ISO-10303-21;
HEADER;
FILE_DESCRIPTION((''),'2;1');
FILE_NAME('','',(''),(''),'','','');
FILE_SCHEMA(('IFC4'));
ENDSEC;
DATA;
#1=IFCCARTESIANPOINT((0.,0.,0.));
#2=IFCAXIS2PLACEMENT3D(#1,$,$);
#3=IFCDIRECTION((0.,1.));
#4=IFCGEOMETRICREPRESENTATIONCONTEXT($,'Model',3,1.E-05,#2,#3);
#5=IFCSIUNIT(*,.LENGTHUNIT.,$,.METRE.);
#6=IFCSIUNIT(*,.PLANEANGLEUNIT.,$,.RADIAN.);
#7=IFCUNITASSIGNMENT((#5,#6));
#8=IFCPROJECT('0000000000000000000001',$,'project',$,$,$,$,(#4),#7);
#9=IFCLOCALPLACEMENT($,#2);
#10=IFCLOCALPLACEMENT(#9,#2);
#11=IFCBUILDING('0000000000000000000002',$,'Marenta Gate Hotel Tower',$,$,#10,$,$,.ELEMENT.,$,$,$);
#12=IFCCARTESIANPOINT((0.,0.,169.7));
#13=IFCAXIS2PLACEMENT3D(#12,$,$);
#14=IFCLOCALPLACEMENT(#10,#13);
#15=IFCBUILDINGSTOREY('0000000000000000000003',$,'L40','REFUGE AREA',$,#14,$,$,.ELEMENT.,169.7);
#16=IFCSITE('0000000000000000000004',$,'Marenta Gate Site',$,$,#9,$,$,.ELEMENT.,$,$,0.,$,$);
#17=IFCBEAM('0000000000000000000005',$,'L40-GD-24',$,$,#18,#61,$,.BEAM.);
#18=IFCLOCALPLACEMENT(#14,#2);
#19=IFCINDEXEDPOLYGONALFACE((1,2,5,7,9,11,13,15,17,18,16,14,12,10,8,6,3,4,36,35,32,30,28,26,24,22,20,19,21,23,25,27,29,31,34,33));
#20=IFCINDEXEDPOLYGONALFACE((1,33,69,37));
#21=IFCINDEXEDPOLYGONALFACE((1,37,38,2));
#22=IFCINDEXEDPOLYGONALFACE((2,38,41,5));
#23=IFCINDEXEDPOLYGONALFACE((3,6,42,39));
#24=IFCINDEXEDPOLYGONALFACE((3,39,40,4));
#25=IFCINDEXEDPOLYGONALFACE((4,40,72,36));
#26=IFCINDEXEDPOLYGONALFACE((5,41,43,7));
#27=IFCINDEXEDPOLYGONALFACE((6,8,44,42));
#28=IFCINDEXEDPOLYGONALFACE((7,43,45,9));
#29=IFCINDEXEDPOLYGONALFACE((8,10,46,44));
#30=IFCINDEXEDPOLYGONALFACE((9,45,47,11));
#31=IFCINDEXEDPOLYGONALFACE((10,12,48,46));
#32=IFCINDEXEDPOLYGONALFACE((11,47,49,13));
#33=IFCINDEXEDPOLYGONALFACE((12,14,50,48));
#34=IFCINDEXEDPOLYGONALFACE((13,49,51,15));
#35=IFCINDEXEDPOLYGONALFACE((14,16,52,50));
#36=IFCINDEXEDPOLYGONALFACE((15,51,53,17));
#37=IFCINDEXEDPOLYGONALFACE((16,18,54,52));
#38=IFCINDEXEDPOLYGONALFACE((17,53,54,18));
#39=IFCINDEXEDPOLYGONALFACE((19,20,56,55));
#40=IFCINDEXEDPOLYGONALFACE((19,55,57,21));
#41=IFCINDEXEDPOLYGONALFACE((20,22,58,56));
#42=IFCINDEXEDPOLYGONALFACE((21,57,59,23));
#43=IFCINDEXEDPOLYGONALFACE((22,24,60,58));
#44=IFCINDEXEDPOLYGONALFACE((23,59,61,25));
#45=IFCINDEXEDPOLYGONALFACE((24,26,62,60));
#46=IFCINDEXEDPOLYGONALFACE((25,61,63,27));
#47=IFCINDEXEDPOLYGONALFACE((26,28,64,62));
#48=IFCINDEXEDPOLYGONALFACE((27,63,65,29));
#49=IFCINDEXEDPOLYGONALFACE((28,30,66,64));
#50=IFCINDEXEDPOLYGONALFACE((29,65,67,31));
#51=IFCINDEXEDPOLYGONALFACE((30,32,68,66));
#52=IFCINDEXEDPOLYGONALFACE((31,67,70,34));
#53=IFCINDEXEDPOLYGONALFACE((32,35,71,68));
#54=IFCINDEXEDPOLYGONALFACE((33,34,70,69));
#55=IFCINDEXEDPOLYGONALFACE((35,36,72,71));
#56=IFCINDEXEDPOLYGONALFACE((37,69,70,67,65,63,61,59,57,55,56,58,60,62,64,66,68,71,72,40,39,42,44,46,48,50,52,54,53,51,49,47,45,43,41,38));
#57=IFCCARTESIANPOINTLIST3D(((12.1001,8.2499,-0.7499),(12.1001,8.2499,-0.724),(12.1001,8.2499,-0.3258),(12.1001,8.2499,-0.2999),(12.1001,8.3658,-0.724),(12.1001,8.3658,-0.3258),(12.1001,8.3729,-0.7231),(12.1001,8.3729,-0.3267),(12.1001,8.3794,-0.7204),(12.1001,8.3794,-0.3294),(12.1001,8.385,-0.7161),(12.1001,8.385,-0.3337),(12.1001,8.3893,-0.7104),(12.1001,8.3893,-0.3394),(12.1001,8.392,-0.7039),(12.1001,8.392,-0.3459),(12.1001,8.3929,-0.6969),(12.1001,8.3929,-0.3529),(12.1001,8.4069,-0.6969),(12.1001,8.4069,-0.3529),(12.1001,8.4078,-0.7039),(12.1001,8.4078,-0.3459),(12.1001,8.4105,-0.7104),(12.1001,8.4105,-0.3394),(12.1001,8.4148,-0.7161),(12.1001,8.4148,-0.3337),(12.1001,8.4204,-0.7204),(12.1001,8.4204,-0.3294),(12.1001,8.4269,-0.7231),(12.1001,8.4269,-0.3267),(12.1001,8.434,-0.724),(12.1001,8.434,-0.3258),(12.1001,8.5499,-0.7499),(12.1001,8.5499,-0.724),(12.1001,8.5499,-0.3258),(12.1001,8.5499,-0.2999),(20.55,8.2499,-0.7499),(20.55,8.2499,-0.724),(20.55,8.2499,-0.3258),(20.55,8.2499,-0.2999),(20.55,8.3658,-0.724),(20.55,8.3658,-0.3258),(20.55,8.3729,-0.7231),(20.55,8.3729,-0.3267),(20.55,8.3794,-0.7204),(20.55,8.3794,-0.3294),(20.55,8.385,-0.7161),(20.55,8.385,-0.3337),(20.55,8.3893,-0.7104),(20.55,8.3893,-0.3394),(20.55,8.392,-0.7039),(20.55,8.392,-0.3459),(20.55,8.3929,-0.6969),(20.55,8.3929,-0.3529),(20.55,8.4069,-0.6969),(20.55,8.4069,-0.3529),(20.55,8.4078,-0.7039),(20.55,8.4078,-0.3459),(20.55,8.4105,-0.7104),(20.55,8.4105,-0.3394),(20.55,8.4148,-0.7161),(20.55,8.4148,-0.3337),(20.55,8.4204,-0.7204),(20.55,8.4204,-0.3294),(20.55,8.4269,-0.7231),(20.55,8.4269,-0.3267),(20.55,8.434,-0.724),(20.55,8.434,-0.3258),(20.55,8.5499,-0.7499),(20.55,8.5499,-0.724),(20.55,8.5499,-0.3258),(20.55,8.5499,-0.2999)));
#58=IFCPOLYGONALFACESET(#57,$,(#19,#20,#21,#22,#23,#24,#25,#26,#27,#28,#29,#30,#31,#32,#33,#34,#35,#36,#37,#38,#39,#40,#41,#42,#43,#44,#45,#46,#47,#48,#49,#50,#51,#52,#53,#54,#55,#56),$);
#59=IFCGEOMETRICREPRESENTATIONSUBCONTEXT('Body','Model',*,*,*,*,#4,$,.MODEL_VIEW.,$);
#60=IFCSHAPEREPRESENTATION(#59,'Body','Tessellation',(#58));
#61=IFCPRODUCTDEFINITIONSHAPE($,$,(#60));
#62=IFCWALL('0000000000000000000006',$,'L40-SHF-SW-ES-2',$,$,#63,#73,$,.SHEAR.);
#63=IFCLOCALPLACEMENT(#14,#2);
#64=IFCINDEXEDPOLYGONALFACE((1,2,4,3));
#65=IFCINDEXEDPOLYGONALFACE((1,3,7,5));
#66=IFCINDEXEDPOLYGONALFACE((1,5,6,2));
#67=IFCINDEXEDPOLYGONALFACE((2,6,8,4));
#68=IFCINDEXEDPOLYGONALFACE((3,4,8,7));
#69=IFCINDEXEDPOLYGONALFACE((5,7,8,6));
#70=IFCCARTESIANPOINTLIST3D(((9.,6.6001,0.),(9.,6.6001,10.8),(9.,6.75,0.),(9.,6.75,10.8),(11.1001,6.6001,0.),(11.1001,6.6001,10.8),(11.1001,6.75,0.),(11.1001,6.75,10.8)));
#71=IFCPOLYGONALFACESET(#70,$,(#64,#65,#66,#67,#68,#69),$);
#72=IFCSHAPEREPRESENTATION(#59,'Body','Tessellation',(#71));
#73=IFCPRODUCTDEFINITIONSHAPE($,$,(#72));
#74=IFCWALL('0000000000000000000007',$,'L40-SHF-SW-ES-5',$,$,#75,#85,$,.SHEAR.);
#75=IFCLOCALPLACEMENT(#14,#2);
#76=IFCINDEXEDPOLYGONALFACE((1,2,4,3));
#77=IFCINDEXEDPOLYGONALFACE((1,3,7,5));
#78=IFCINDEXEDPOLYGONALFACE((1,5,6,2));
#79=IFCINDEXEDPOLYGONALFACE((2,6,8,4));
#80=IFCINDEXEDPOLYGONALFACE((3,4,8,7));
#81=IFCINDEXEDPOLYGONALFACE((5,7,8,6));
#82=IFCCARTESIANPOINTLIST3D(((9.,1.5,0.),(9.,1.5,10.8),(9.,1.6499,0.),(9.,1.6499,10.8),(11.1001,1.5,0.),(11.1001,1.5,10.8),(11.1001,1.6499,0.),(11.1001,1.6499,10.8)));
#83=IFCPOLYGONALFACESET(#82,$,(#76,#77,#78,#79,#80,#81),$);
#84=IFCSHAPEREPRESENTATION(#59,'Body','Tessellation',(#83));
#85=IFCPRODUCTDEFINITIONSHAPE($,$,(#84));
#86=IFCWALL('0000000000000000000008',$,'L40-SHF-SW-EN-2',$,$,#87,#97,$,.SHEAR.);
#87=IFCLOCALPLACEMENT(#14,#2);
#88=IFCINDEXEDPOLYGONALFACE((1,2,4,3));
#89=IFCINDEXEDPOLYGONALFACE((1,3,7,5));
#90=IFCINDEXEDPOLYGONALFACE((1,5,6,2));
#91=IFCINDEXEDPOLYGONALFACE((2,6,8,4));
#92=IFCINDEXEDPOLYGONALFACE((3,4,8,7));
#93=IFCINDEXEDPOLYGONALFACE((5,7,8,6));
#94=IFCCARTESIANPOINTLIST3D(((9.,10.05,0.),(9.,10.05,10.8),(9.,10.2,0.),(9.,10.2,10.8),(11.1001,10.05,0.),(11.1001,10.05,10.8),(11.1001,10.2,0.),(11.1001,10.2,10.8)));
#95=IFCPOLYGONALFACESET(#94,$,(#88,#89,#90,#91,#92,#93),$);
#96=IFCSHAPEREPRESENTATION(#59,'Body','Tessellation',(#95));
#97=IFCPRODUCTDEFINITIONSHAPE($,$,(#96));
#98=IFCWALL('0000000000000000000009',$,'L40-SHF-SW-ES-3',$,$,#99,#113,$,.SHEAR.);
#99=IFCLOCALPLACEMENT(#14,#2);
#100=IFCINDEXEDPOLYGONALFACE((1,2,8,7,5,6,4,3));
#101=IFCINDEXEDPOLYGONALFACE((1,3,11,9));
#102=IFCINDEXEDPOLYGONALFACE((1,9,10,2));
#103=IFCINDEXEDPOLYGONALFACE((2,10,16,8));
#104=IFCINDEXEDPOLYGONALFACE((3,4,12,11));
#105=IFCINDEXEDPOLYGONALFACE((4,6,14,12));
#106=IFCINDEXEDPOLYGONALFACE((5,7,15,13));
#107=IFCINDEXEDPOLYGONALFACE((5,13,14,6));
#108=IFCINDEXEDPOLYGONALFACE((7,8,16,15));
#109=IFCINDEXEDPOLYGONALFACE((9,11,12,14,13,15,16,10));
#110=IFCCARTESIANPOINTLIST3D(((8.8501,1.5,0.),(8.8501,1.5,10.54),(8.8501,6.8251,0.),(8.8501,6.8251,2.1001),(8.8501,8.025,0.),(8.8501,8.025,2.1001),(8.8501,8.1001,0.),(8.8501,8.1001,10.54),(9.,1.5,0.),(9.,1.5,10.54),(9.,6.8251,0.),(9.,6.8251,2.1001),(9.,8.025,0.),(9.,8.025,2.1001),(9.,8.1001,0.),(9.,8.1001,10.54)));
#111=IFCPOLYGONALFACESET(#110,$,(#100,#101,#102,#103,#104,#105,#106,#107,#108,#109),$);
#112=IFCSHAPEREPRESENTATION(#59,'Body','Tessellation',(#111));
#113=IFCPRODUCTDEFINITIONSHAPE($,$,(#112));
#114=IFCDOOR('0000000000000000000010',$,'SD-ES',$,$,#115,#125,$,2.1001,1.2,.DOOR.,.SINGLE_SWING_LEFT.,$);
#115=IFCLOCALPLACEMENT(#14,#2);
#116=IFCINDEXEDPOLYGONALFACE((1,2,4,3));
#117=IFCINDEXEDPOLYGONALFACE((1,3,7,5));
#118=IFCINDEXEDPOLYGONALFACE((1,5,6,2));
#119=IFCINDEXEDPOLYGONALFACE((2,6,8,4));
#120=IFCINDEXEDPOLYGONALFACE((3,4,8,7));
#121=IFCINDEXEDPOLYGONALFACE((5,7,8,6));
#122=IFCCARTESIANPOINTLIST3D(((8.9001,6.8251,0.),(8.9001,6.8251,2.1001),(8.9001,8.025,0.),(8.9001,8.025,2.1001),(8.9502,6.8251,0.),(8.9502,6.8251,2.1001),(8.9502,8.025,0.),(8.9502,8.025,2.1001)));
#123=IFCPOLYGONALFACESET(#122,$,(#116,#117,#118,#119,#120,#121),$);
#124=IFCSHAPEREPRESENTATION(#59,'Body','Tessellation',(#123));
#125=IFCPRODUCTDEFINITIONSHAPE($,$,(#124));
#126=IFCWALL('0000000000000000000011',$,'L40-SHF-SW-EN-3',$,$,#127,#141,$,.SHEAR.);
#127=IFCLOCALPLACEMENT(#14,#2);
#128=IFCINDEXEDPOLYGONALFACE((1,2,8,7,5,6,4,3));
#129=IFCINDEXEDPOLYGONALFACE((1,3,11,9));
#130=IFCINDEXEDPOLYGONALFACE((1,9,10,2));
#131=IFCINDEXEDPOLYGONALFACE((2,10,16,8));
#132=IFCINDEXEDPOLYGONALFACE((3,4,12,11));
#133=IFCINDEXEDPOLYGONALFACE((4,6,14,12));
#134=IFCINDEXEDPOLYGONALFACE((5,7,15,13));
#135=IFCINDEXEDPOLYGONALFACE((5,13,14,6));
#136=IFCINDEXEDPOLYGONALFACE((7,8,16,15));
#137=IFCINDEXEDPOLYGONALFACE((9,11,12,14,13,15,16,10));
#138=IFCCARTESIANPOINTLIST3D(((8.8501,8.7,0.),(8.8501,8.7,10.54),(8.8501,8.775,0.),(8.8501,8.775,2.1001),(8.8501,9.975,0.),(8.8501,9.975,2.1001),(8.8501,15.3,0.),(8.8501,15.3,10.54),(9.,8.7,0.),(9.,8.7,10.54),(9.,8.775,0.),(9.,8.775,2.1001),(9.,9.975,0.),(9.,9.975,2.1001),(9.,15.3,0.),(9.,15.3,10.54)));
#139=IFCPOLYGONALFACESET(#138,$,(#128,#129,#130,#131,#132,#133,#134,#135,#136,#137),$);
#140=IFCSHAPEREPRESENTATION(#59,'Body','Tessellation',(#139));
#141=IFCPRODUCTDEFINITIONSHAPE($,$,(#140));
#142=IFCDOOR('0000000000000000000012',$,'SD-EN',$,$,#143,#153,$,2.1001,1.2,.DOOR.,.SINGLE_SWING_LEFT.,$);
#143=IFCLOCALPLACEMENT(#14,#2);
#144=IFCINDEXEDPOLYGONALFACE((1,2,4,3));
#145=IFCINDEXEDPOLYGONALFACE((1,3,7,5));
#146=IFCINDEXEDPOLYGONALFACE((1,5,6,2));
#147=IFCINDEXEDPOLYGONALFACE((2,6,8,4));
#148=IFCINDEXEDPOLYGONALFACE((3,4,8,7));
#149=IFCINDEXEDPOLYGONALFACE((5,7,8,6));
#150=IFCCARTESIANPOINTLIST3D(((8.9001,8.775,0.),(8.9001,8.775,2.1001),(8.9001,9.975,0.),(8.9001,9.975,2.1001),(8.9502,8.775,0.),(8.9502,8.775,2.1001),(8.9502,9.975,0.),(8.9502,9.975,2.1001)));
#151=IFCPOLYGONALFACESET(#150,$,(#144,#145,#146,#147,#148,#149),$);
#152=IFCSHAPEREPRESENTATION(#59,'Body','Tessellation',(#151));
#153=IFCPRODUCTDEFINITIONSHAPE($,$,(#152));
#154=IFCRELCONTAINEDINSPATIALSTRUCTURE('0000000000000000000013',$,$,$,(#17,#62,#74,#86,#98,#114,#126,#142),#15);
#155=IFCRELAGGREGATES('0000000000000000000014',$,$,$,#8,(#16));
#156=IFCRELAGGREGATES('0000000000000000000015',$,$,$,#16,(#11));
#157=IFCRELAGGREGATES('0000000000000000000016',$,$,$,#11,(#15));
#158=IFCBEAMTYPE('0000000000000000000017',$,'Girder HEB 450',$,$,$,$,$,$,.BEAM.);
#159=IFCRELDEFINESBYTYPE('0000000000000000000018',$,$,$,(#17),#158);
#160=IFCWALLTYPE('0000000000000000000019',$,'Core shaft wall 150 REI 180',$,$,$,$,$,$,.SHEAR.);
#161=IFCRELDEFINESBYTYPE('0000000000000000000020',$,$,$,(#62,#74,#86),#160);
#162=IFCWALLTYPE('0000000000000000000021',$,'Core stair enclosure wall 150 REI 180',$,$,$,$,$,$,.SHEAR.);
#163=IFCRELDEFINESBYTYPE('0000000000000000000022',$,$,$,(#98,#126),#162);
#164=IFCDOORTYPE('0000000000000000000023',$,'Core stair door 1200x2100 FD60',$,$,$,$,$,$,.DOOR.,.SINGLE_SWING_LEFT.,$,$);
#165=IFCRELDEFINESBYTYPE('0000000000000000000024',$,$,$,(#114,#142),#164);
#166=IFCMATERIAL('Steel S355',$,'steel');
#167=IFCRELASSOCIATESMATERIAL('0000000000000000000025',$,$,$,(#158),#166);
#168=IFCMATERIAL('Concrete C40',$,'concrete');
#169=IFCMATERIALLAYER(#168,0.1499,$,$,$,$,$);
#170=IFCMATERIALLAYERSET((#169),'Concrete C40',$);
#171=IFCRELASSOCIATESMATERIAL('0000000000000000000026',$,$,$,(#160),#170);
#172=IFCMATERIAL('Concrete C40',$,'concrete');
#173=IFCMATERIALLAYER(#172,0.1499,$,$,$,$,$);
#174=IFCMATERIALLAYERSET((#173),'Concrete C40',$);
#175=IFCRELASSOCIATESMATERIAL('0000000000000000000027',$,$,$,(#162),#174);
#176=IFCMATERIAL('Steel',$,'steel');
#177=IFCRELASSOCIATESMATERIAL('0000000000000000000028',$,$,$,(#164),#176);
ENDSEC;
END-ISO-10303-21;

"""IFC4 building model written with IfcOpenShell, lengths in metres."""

from ifc_helpers import new_model, si_unit, direction, frame, frame_2d, origin, origin_2d, place, context, subcontext, project, spatial, rectangle, i_section, extrude, material, layer, layer_set, material_profile, profile_set, type_object, element, fill, save


model = new_model("IFC4")

# Units and contexts
model_context = context("Model", 3, precision=1e-05, world=origin(), true_north=direction((0.0, 1.0)))
body_context = subcontext(model_context, "Body", "Model", "MODEL_VIEW")
ifc_project = project(units=[si_unit("LENGTHUNIT", "METRE"), si_unit("PLANEANGLEUNIT", "RADIAN")], contexts=[model_context])

# Site, building, storey
site_placement = place(None, origin())
site = spatial("IfcSite", under=ifc_project, at=site_placement, Name="Marenta Gate Site", CompositionType="ELEMENT", RefElevation=0.0)
building_placement = place(site_placement, origin())
building = spatial("IfcBuilding", under=site, at=building_placement, Name="Marenta Gate Hotel Tower", CompositionType="ELEMENT")
storey_placement = place(building_placement, frame((0.0, 0.0, 169.7)))
storey = spatial("IfcBuildingStorey", under=building, at=storey_placement, Name="L40", Description="REFUGE AREA", CompositionType="ELEMENT", Elevation=169.7)

# Beam
ifc_material_1 = material(Name="Steel S355", Category="steel")
ifc_material_profile = material_profile(ifc_material_1, i_section(OverallWidth=0.3, OverallDepth=0.45, WebThickness=0.0139, FlangeThickness=0.0259, FilletRadius=0.0271, at=origin_2d()), Name="HEB 450")
ifc_profile_set = profile_set([ifc_material_profile], Name="Steel S355")
beam_type = type_object("IfcBeamType", Name="Girder HEB 450", PredefinedType="BEAM", material=ifc_profile_set)
beam_placement = place(storey_placement, frame((12.1001, 8.3999, -0.5249), z_axis=(1.0, 0.0, 0.0), x_axis=(0.0, 1.0, 0.0)))
element("IfcBeam", 1, at=beam_placement, inside=storey, type_object=beam_type, Name="L40-GD-24", PredefinedType="BEAM", context=body_context, shape_type="SweptSolid", body=[
    extrude(i_section(OverallWidth=0.3, OverallDepth=0.45, WebThickness=0.0139, FlangeThickness=0.0259, FilletRadius=0.0271, at=origin_2d()), origin(), (0.0, 0.0, 1.0), 8.45),
])

# Walls
ifc_material_2 = material(Name="Concrete C40", Category="concrete")
ifc_layer_1 = layer(ifc_material_2, 0.1499)
ifc_layer_set_1 = layer_set([ifc_layer_1], Name="Concrete C40")
wall_type_1 = type_object("IfcWallType", Name="Core shaft wall 150 REI 180", PredefinedType="SHEAR", material=ifc_layer_set_1)
for number, where, z_axis, x_axis, name in (
    (2, (9.0, 6.675, 0.0), (0.0, 0.0, 1.0), (1.0, 0.0, 0.0), "L40-SHF-SW-ES-2"),
    (3, (9.0, 1.575, 0.0), (0.0, 0.0, 1.0), (1.0, 0.0, 0.0), "L40-SHF-SW-ES-5"),
    (4, (9.0, 10.125, 0.0), (0.0, 0.0, 1.0), (1.0, 0.0, 0.0), "L40-SHF-SW-EN-2"),
):
    element("IfcWall", number, at=place(storey_placement, frame(where, z_axis=z_axis, x_axis=x_axis)), inside=storey, type_object=wall_type_1, Name=name, PredefinedType="SHEAR", context=body_context, shape_type="SweptSolid", body=[
        extrude(rectangle(XDim=2.1001, YDim=0.1499, at=frame_2d((1.05, 0.0))), origin(), (0.0, 0.0, 1.0), 10.8),
    ])

# Walls, openings, doors
ifc_material_3 = material(Name="Concrete C40", Category="concrete")
ifc_layer_2 = layer(ifc_material_3, 0.1499)
ifc_layer_set_2 = layer_set([ifc_layer_2], Name="Concrete C40")
wall_type_2 = type_object("IfcWallType", Name="Core stair enclosure wall 150 REI 180", PredefinedType="SHEAR", material=ifc_layer_set_2)
wall_1_placement = place(storey_placement, frame((8.925, 1.5, 0.0), z_axis=(0.0, 0.0, 1.0), x_axis=(0.0, 1.0, 0.0)))
wall_1 = element("IfcWall", 5, at=wall_1_placement, inside=storey, type_object=wall_type_2, Name="L40-SHF-SW-ES-3", PredefinedType="SHEAR", context=body_context, shape_type="SweptSolid", body=[
    extrude(rectangle(XDim=6.6001, YDim=0.1499, at=frame_2d((3.3, 0.0))), origin(), (0.0, 0.0, 1.0), 10.54),
])
opening_1_placement = place(wall_1_placement, frame((5.325, 0.0, 0.0)))
opening_1 = element("IfcOpeningElement", 6, at=opening_1_placement, cuts=wall_1, PredefinedType="OPENING", context=body_context, shape_type="SweptSolid", body=[
    extrude(rectangle(XDim=1.2, YDim=2.1001, at=frame_2d((0.6001, 1.05))), frame((0.0, 0.075, 0.0), z_axis=(0.0, -1.0, 0.0), x_axis=(1.0, 0.0, 0.0)), (0.0, 0.0, 1.0), 0.1499),
])
ifc_material_4 = material(Name="Steel", Category="steel")
door_type_1 = type_object("IfcDoorType", Name="Core stair door 1200x2100 FD60", OperationType="SINGLE_SWING_LEFT", PredefinedType="DOOR", material=ifc_material_4)
door_1_placement = place(opening_1_placement, origin())
door_1 = element("IfcDoor", 7, at=door_1_placement, inside=storey, type_object=door_type_1, Name="SD-ES", OperationType="SINGLE_SWING_LEFT", OverallHeight=2.1001, OverallWidth=1.2, PredefinedType="DOOR", context=body_context, shape_type="SweptSolid", body=[
    extrude(rectangle(XDim=1.2, YDim=2.1001, at=frame_2d((0.6001, 1.05))), frame((0.0, 0.0249, 0.0), z_axis=(0.0, -1.0, 0.0), x_axis=(1.0, 0.0, 0.0)), (0.0, 0.0, 1.0), 0.05),
])
fill(opening_1, door_1)
wall_2_placement = place(storey_placement, frame((8.925, 8.7, 0.0), z_axis=(0.0, 0.0, 1.0), x_axis=(0.0, 1.0, 0.0)))
wall_2 = element("IfcWall", 8, at=wall_2_placement, inside=storey, type_object=wall_type_2, Name="L40-SHF-SW-EN-3", PredefinedType="SHEAR", context=body_context, shape_type="SweptSolid", body=[
    extrude(rectangle(XDim=6.6001, YDim=0.1499, at=frame_2d((3.3, 0.0))), origin(), (0.0, 0.0, 1.0), 10.54),
])
opening_2_placement = place(wall_2_placement, frame((0.075, 0.0, 0.0)))
opening_2 = element("IfcOpeningElement", 9, at=opening_2_placement, cuts=wall_2, PredefinedType="OPENING", context=body_context, shape_type="SweptSolid", body=[
    extrude(rectangle(XDim=1.2, YDim=2.1001, at=frame_2d((0.6001, 1.05))), frame((0.0, 0.075, 0.0), z_axis=(0.0, -1.0, 0.0), x_axis=(1.0, 0.0, 0.0)), (0.0, 0.0, 1.0), 0.1499),
])
door_2_placement = place(opening_2_placement, origin())
door_2 = element("IfcDoor", 10, at=door_2_placement, inside=storey, type_object=door_type_1, Name="SD-EN", OperationType="SINGLE_SWING_LEFT", OverallHeight=2.1001, OverallWidth=1.2, PredefinedType="DOOR", context=body_context, shape_type="SweptSolid", body=[
    extrude(rectangle(XDim=1.2, YDim=2.1001, at=frame_2d((0.6001, 1.05))), frame((0.0, 0.0249, 0.0), z_axis=(0.0, -1.0, 0.0), x_axis=(1.0, 0.0, 0.0)), (0.0, 0.0, 1.0), 0.05),
])
fill(opening_2, door_2)

save(model, "model.ifc")
